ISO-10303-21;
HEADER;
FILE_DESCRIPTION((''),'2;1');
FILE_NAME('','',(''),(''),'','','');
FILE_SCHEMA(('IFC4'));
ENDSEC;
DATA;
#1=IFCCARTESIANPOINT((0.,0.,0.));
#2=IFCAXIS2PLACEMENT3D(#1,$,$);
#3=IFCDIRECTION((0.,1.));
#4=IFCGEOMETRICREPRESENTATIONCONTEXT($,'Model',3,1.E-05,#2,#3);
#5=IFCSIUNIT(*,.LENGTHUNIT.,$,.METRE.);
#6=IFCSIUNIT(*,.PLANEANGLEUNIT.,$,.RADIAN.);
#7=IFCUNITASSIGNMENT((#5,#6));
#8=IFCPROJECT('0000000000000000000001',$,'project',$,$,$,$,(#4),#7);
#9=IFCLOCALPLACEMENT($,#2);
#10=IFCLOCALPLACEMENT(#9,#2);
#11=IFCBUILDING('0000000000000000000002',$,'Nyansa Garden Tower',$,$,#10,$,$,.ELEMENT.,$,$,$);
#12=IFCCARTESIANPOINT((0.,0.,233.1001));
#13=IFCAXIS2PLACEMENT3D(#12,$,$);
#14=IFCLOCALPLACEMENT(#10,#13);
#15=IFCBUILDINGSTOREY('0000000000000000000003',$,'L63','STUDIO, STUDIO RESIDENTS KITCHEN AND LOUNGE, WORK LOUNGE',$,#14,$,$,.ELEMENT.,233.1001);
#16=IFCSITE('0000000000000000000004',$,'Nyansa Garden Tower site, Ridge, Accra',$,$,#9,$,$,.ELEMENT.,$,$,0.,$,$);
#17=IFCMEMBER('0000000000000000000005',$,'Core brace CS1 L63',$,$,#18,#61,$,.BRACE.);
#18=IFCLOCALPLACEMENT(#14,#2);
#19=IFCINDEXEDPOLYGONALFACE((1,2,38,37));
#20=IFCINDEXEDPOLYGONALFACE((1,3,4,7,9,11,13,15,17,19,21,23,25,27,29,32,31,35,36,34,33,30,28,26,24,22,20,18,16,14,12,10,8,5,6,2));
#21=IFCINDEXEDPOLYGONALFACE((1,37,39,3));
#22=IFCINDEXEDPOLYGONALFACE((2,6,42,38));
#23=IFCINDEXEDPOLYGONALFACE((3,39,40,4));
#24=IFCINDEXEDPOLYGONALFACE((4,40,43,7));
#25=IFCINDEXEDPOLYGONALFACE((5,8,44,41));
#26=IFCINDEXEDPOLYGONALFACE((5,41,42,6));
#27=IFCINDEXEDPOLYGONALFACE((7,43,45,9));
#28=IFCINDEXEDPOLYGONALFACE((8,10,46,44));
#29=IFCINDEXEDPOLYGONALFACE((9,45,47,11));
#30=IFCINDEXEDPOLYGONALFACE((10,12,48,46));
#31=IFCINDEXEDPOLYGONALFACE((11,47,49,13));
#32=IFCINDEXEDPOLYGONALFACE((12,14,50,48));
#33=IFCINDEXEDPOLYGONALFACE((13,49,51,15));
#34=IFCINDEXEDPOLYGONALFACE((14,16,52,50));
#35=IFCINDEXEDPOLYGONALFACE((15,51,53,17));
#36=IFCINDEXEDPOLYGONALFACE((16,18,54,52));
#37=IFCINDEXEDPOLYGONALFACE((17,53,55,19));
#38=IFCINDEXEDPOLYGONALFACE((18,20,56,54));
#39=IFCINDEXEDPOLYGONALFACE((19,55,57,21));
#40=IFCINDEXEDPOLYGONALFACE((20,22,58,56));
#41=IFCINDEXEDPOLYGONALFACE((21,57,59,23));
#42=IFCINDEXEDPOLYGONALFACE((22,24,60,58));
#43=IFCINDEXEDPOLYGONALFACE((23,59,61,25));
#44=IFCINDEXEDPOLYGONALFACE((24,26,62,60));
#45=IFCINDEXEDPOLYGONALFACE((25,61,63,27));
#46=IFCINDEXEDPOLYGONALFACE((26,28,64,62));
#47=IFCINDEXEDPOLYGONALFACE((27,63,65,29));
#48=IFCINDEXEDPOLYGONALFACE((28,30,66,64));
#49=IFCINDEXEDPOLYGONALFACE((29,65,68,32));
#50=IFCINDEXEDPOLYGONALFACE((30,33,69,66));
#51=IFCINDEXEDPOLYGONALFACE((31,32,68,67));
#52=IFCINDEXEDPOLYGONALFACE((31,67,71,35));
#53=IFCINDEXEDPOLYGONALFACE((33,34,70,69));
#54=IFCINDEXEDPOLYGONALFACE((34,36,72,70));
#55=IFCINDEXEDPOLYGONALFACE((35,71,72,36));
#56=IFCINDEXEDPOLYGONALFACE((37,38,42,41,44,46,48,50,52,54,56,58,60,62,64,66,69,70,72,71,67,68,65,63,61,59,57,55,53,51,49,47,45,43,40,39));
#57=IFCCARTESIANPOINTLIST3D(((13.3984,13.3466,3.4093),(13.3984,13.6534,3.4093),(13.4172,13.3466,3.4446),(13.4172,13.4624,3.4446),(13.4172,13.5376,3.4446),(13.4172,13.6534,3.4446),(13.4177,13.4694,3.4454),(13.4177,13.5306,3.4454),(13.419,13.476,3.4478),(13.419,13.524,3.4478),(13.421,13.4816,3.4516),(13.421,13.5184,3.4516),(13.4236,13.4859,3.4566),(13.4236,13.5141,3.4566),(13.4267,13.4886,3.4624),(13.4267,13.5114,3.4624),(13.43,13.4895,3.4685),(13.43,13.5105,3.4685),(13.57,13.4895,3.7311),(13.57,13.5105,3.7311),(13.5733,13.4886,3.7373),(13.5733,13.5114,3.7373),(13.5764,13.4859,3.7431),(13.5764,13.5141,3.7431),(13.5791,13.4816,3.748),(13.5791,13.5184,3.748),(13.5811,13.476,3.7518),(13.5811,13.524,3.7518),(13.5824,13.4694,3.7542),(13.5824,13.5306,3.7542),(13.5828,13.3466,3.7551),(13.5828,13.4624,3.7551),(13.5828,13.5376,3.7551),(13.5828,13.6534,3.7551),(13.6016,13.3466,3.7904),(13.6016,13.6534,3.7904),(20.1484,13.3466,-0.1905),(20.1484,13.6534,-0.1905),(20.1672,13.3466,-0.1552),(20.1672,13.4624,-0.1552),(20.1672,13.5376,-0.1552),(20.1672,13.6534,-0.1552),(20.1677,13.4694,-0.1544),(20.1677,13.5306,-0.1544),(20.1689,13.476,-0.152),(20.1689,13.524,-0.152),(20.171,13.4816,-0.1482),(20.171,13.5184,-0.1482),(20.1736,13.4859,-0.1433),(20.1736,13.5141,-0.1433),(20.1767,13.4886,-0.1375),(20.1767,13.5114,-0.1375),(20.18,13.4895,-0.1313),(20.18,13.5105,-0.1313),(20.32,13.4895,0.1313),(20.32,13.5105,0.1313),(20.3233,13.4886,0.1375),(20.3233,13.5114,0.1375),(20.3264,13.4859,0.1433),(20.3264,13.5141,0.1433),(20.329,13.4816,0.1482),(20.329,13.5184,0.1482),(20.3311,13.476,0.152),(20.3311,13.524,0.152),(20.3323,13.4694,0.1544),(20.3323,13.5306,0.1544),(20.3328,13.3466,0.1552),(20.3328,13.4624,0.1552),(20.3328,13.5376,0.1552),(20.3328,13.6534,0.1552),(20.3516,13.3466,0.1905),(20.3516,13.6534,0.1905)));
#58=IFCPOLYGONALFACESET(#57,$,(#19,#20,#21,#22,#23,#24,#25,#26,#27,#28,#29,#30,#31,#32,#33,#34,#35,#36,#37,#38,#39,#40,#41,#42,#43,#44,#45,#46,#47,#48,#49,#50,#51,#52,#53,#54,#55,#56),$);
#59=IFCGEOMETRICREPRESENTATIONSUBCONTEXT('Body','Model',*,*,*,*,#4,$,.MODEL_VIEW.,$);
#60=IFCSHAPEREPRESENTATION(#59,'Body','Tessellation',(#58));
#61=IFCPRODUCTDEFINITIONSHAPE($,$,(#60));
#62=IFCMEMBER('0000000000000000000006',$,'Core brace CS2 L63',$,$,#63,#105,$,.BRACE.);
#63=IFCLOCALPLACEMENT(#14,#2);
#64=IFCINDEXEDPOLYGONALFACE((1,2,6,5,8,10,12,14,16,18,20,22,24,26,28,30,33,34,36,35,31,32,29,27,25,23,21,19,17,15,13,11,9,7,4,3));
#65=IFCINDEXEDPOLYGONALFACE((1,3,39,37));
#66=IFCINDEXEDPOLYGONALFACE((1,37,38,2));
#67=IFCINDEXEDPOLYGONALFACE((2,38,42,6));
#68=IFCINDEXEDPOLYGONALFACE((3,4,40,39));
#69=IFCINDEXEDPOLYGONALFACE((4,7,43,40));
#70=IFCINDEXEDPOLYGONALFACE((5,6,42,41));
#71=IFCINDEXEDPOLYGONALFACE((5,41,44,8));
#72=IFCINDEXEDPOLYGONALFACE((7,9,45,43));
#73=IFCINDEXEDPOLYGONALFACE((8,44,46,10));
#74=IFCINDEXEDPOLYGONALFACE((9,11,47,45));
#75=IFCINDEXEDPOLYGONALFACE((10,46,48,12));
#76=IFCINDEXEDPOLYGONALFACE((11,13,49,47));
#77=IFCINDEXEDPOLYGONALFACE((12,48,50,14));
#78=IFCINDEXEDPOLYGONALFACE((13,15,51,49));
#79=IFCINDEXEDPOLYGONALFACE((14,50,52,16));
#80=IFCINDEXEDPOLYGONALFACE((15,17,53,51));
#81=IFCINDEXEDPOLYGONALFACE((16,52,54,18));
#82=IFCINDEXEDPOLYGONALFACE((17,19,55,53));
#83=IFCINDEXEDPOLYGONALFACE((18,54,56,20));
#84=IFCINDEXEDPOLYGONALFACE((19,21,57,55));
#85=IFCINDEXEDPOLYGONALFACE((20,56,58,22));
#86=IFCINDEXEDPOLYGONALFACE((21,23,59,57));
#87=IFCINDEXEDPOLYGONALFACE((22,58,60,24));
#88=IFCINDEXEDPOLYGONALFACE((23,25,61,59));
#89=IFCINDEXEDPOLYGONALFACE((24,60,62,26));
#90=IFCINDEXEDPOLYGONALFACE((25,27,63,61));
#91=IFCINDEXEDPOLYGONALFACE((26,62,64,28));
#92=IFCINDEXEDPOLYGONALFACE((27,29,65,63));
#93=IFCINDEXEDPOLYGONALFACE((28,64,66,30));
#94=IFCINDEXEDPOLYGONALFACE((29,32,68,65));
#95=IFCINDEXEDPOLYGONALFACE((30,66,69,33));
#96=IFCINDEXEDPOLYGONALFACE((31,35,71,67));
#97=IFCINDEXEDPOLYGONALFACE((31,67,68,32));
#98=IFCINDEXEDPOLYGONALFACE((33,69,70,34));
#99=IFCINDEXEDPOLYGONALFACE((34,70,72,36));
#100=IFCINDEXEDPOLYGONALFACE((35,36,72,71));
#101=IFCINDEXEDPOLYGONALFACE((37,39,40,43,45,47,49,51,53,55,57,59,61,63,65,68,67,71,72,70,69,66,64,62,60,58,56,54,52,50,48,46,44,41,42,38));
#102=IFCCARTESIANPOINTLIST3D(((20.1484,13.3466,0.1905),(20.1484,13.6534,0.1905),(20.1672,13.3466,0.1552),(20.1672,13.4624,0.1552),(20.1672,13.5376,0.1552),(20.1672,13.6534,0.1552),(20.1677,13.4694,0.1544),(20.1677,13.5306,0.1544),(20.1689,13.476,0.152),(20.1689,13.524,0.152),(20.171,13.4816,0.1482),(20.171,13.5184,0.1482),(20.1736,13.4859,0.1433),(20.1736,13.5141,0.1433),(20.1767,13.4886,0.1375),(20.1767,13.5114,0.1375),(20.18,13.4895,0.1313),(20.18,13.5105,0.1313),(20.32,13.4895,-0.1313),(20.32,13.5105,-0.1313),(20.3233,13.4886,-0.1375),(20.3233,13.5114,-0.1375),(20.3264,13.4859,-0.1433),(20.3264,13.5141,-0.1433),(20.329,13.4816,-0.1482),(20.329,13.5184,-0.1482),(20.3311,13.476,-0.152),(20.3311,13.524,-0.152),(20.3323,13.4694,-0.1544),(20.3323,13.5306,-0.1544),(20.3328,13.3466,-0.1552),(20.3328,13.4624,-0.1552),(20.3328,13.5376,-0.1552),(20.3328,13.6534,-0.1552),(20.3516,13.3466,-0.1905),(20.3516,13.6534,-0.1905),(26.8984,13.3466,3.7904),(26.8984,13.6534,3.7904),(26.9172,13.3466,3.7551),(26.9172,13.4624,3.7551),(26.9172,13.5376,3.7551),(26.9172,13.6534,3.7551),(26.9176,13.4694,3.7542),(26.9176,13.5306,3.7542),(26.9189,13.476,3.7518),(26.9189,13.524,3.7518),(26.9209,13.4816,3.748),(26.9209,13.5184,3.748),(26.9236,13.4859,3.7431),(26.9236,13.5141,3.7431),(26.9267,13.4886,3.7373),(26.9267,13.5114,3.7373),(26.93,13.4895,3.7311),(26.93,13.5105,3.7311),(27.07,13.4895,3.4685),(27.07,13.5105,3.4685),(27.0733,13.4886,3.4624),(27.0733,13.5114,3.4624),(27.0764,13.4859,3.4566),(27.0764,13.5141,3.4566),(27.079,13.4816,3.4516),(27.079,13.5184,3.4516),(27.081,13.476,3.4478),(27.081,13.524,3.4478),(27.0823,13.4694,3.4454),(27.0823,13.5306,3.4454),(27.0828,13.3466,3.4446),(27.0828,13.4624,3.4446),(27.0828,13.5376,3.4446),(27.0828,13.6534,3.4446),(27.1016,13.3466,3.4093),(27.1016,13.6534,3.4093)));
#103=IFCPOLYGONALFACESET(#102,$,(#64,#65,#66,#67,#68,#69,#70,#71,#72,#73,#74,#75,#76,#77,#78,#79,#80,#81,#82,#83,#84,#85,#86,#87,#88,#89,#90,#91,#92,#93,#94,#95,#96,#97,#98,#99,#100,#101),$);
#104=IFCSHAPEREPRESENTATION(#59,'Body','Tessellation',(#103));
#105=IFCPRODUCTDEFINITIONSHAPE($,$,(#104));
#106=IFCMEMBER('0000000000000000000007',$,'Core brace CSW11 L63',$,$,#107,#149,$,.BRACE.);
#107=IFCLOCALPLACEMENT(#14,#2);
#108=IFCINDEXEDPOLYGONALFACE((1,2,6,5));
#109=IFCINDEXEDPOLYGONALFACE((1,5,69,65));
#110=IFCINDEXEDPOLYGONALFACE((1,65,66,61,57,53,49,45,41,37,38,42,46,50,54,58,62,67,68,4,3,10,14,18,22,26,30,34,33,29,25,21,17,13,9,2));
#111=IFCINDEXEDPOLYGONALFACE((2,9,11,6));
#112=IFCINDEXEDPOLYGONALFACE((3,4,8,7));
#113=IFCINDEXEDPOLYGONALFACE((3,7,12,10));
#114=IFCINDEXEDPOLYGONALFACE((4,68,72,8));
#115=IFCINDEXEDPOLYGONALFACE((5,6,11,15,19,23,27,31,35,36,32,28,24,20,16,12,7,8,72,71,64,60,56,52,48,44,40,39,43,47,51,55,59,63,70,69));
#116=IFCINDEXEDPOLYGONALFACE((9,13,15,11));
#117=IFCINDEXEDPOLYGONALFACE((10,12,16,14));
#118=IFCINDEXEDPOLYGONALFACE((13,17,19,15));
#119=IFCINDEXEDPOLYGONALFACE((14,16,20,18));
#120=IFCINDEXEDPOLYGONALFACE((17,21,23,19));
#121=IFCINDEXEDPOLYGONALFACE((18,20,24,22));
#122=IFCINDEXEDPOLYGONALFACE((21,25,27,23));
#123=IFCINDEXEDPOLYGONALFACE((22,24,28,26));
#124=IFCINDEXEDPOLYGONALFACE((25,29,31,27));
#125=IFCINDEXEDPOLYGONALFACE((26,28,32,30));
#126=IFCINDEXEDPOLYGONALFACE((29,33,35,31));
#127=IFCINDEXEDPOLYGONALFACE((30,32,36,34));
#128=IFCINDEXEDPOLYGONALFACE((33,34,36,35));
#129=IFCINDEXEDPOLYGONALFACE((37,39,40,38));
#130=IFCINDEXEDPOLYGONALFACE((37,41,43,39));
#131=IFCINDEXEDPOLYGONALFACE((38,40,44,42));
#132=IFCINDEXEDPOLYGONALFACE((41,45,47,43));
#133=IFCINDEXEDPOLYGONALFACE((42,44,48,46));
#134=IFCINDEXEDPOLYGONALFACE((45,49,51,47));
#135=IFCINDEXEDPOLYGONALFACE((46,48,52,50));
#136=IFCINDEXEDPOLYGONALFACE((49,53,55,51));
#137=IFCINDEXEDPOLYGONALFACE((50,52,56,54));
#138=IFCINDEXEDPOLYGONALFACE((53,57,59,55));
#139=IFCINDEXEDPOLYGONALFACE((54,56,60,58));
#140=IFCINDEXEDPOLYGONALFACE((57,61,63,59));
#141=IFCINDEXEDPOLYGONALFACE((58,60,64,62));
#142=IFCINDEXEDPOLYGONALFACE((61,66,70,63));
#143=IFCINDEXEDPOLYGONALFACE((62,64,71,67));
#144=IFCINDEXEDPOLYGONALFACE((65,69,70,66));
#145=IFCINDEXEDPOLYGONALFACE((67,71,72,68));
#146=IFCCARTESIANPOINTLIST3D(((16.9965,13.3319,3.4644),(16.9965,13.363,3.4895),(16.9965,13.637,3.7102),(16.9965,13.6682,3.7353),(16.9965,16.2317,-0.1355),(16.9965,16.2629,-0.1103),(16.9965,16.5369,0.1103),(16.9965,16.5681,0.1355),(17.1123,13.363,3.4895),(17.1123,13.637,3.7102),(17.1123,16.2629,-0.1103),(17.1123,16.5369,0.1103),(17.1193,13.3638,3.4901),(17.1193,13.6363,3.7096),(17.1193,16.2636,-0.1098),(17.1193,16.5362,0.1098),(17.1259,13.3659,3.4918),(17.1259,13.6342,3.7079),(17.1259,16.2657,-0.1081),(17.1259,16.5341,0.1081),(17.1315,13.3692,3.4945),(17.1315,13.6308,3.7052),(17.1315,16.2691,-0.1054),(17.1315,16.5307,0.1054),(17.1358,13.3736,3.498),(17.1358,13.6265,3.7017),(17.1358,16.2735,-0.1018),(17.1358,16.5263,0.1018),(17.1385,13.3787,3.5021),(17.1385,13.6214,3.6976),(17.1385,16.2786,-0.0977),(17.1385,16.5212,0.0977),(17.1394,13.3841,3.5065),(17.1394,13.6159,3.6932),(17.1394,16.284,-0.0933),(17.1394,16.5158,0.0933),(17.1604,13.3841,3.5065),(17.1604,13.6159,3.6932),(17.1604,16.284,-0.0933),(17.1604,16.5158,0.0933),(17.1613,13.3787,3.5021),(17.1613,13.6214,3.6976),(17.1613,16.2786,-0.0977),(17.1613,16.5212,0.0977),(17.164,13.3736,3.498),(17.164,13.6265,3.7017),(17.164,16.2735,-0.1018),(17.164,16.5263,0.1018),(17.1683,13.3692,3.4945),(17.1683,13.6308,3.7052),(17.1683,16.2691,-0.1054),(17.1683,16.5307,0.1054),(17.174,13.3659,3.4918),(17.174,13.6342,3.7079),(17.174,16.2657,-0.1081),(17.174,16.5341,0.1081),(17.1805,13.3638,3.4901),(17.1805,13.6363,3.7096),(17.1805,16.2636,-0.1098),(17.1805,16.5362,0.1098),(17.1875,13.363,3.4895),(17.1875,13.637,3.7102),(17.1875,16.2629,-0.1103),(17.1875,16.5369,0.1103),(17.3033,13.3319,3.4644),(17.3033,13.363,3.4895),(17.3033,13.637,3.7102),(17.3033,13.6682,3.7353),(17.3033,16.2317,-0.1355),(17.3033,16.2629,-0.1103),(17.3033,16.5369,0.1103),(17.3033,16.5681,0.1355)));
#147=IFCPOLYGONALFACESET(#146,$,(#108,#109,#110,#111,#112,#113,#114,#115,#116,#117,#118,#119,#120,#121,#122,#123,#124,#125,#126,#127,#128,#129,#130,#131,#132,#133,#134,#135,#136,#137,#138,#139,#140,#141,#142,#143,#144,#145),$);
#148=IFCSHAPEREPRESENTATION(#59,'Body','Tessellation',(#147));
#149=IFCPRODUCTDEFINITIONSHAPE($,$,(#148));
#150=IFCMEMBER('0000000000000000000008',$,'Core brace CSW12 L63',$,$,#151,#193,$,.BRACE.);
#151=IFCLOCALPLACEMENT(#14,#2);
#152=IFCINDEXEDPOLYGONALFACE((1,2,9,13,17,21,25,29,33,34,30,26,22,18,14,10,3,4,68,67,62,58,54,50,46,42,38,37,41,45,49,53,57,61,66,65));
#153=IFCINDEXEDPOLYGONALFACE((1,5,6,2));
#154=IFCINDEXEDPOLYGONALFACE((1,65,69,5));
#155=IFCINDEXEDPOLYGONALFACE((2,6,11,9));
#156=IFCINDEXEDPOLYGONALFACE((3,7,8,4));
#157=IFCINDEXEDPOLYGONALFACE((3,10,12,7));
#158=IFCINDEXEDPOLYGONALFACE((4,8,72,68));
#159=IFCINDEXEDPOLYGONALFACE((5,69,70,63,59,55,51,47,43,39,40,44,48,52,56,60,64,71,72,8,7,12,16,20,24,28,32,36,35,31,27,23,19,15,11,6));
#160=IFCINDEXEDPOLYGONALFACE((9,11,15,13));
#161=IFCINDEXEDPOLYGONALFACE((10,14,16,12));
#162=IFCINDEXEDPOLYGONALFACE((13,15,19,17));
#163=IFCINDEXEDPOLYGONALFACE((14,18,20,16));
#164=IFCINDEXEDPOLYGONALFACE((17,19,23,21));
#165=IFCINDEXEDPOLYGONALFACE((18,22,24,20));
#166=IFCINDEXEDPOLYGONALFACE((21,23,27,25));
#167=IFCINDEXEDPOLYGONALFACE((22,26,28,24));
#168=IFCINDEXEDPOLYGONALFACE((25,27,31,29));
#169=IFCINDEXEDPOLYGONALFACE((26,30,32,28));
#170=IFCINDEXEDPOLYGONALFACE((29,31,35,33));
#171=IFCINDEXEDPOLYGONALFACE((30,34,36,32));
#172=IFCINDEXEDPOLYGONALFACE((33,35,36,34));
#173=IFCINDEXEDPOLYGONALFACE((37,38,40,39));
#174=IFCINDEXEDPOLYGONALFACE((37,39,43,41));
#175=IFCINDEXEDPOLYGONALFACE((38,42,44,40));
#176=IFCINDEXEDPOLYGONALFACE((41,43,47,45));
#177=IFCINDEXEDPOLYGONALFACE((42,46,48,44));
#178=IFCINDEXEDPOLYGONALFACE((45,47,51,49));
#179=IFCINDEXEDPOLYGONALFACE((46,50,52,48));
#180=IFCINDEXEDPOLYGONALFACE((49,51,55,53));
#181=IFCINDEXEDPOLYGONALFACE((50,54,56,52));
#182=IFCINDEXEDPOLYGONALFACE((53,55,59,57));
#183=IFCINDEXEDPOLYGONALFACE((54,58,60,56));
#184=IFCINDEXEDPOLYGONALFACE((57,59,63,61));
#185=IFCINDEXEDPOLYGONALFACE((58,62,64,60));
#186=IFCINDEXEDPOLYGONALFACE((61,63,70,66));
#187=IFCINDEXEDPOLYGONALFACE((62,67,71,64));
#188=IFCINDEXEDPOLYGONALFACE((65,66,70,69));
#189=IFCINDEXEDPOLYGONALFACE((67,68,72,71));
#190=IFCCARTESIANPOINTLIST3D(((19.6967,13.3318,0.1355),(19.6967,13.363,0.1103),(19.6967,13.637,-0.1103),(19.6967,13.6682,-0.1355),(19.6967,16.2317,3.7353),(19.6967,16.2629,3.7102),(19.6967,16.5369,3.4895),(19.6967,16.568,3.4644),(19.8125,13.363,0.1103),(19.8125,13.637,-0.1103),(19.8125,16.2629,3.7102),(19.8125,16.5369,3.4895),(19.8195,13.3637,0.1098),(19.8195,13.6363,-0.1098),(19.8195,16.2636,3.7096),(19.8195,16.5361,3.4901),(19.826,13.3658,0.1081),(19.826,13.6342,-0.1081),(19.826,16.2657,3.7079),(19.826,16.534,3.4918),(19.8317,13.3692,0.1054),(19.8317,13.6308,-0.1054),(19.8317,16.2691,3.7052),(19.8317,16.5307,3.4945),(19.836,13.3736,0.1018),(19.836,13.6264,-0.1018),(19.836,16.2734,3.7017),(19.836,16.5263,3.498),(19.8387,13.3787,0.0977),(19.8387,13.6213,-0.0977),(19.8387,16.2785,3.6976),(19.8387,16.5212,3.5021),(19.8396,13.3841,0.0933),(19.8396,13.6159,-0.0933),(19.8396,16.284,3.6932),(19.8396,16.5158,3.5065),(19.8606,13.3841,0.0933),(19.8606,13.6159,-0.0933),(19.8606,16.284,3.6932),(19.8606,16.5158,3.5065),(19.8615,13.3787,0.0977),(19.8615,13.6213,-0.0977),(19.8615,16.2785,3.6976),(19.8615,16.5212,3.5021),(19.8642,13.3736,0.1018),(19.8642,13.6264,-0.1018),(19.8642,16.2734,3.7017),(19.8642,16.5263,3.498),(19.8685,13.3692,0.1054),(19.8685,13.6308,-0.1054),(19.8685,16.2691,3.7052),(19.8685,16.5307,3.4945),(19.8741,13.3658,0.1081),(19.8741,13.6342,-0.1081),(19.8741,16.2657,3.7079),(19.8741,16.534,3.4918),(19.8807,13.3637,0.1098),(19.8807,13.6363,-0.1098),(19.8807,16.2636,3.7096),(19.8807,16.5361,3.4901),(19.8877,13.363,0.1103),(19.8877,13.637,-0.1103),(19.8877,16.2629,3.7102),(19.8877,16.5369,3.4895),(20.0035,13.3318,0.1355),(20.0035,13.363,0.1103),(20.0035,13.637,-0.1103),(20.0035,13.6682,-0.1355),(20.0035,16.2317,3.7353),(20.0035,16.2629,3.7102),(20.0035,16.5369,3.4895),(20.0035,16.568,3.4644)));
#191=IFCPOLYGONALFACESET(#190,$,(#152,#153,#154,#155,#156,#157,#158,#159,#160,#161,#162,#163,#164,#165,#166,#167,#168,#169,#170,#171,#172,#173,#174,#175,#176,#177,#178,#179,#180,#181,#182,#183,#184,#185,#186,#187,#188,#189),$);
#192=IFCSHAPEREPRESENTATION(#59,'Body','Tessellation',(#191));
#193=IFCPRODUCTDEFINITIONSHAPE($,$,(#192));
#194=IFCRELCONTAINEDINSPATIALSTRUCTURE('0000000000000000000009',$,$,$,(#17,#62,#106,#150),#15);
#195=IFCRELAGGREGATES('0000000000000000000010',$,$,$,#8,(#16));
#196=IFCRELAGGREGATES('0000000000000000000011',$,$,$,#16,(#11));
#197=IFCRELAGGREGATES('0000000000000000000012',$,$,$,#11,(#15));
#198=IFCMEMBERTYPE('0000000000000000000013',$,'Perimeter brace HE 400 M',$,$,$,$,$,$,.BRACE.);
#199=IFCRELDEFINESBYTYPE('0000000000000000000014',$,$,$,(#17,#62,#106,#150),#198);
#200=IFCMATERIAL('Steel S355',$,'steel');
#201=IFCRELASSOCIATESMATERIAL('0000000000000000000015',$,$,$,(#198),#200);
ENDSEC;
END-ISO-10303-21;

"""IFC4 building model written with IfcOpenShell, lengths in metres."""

from ifc_helpers import new_model, si_unit, direction, frame, origin, origin_2d, place, context, subcontext, project, spatial, i_section, extrude, material, material_profile, profile_set, type_object, element, save


model = new_model("IFC4")

# Units and contexts
model_context = context("Model", 3, precision=1e-05, world=origin(), true_north=direction((0.0, 1.0)))
body_context = subcontext(model_context, "Body", "Model", "MODEL_VIEW")
ifc_project = project(units=[si_unit("LENGTHUNIT", "METRE"), si_unit("PLANEANGLEUNIT", "RADIAN")], contexts=[model_context])

# Site, building, storey
site_placement = place(None, origin())
site = spatial("IfcSite", under=ifc_project, at=site_placement, Name="Nyansa Garden Tower site, Ridge, Accra", CompositionType="ELEMENT", RefElevation=0.0)
building_placement = place(site_placement, origin())
building = spatial("IfcBuilding", under=site, at=building_placement, Name="Nyansa Garden Tower", CompositionType="ELEMENT")
storey_placement = place(building_placement, frame((0.0, 0.0, 233.1001)))
storey = spatial("IfcBuildingStorey", under=building, at=storey_placement, Name="L63", Description="STUDIO, STUDIO RESIDENTS KITCHEN AND LOUNGE, WORK LOUNGE", CompositionType="ELEMENT", Elevation=233.1001)

# Members
ifc_material_1 = material(Name="Steel S355", Category="steel")
ifc_material_profile_1 = material_profile(ifc_material_1, i_section(OverallWidth=0.3069, OverallDepth=0.4319, WebThickness=0.021, FlangeThickness=0.04, FilletRadius=0.0271, at=origin_2d()), Name="HE 400 M")
ifc_profile_set_1 = profile_set([ifc_material_profile_1], Name="Steel S355")
member_type = type_object("IfcMemberType", Name="Perimeter brace HE 400 M", PredefinedType="BRACE", material=ifc_profile_set_1)
for number, where, z_axis, x_axis, name in (
    (1, (20.25, 13.5, 0.0), (-0.882361, 0.0, 0.470573), (0.0, -1.0, 0.0), "Core brace CS1 L63"),
    (2, (20.25, 13.5, 0.0), (0.882361, 0.0, 0.470573), (0.0, 1.0, 0.0), "Core brace CS2 L63"),
):
    element("IfcMember", number, at=place(storey_placement, frame(where, z_axis=z_axis, x_axis=x_axis)), inside=storey, type_object=member_type, Name=name, PredefinedType="BRACE", context=body_context, shape_type="SweptSolid", body=[
        extrude(i_section(OverallWidth=0.3069, OverallDepth=0.4319, WebThickness=0.021, FlangeThickness=0.04, FilletRadius=0.0271, at=origin_2d()), origin(), (0.0, 0.0, 1.0), 7.6499),
    ])
for number, where, z_axis, x_axis, name in (
    (3, (17.1499, 16.3999, 0.0), (0.0, -0.627332, 0.778752), (1.0, 0.0, 0.0), "Core brace CSW11 L63"),
    (4, (19.8501, 13.5, 0.0), (0.0, 0.627332, 0.778752), (-1.0, 0.0, 0.0), "Core brace CSW12 L63"),
):
    element("IfcMember", number, at=place(storey_placement, frame(where, z_axis=z_axis, x_axis=x_axis)), inside=storey, type_object=member_type, Name=name, PredefinedType="BRACE", context=body_context, shape_type="SweptSolid", body=[
        extrude(i_section(OverallWidth=0.3069, OverallDepth=0.4319, WebThickness=0.021, FlangeThickness=0.04, FilletRadius=0.0271, at=origin_2d()), origin(), (0.0, 0.0, 1.0), 4.6226),
    ])

save(model, "model.ifc")
